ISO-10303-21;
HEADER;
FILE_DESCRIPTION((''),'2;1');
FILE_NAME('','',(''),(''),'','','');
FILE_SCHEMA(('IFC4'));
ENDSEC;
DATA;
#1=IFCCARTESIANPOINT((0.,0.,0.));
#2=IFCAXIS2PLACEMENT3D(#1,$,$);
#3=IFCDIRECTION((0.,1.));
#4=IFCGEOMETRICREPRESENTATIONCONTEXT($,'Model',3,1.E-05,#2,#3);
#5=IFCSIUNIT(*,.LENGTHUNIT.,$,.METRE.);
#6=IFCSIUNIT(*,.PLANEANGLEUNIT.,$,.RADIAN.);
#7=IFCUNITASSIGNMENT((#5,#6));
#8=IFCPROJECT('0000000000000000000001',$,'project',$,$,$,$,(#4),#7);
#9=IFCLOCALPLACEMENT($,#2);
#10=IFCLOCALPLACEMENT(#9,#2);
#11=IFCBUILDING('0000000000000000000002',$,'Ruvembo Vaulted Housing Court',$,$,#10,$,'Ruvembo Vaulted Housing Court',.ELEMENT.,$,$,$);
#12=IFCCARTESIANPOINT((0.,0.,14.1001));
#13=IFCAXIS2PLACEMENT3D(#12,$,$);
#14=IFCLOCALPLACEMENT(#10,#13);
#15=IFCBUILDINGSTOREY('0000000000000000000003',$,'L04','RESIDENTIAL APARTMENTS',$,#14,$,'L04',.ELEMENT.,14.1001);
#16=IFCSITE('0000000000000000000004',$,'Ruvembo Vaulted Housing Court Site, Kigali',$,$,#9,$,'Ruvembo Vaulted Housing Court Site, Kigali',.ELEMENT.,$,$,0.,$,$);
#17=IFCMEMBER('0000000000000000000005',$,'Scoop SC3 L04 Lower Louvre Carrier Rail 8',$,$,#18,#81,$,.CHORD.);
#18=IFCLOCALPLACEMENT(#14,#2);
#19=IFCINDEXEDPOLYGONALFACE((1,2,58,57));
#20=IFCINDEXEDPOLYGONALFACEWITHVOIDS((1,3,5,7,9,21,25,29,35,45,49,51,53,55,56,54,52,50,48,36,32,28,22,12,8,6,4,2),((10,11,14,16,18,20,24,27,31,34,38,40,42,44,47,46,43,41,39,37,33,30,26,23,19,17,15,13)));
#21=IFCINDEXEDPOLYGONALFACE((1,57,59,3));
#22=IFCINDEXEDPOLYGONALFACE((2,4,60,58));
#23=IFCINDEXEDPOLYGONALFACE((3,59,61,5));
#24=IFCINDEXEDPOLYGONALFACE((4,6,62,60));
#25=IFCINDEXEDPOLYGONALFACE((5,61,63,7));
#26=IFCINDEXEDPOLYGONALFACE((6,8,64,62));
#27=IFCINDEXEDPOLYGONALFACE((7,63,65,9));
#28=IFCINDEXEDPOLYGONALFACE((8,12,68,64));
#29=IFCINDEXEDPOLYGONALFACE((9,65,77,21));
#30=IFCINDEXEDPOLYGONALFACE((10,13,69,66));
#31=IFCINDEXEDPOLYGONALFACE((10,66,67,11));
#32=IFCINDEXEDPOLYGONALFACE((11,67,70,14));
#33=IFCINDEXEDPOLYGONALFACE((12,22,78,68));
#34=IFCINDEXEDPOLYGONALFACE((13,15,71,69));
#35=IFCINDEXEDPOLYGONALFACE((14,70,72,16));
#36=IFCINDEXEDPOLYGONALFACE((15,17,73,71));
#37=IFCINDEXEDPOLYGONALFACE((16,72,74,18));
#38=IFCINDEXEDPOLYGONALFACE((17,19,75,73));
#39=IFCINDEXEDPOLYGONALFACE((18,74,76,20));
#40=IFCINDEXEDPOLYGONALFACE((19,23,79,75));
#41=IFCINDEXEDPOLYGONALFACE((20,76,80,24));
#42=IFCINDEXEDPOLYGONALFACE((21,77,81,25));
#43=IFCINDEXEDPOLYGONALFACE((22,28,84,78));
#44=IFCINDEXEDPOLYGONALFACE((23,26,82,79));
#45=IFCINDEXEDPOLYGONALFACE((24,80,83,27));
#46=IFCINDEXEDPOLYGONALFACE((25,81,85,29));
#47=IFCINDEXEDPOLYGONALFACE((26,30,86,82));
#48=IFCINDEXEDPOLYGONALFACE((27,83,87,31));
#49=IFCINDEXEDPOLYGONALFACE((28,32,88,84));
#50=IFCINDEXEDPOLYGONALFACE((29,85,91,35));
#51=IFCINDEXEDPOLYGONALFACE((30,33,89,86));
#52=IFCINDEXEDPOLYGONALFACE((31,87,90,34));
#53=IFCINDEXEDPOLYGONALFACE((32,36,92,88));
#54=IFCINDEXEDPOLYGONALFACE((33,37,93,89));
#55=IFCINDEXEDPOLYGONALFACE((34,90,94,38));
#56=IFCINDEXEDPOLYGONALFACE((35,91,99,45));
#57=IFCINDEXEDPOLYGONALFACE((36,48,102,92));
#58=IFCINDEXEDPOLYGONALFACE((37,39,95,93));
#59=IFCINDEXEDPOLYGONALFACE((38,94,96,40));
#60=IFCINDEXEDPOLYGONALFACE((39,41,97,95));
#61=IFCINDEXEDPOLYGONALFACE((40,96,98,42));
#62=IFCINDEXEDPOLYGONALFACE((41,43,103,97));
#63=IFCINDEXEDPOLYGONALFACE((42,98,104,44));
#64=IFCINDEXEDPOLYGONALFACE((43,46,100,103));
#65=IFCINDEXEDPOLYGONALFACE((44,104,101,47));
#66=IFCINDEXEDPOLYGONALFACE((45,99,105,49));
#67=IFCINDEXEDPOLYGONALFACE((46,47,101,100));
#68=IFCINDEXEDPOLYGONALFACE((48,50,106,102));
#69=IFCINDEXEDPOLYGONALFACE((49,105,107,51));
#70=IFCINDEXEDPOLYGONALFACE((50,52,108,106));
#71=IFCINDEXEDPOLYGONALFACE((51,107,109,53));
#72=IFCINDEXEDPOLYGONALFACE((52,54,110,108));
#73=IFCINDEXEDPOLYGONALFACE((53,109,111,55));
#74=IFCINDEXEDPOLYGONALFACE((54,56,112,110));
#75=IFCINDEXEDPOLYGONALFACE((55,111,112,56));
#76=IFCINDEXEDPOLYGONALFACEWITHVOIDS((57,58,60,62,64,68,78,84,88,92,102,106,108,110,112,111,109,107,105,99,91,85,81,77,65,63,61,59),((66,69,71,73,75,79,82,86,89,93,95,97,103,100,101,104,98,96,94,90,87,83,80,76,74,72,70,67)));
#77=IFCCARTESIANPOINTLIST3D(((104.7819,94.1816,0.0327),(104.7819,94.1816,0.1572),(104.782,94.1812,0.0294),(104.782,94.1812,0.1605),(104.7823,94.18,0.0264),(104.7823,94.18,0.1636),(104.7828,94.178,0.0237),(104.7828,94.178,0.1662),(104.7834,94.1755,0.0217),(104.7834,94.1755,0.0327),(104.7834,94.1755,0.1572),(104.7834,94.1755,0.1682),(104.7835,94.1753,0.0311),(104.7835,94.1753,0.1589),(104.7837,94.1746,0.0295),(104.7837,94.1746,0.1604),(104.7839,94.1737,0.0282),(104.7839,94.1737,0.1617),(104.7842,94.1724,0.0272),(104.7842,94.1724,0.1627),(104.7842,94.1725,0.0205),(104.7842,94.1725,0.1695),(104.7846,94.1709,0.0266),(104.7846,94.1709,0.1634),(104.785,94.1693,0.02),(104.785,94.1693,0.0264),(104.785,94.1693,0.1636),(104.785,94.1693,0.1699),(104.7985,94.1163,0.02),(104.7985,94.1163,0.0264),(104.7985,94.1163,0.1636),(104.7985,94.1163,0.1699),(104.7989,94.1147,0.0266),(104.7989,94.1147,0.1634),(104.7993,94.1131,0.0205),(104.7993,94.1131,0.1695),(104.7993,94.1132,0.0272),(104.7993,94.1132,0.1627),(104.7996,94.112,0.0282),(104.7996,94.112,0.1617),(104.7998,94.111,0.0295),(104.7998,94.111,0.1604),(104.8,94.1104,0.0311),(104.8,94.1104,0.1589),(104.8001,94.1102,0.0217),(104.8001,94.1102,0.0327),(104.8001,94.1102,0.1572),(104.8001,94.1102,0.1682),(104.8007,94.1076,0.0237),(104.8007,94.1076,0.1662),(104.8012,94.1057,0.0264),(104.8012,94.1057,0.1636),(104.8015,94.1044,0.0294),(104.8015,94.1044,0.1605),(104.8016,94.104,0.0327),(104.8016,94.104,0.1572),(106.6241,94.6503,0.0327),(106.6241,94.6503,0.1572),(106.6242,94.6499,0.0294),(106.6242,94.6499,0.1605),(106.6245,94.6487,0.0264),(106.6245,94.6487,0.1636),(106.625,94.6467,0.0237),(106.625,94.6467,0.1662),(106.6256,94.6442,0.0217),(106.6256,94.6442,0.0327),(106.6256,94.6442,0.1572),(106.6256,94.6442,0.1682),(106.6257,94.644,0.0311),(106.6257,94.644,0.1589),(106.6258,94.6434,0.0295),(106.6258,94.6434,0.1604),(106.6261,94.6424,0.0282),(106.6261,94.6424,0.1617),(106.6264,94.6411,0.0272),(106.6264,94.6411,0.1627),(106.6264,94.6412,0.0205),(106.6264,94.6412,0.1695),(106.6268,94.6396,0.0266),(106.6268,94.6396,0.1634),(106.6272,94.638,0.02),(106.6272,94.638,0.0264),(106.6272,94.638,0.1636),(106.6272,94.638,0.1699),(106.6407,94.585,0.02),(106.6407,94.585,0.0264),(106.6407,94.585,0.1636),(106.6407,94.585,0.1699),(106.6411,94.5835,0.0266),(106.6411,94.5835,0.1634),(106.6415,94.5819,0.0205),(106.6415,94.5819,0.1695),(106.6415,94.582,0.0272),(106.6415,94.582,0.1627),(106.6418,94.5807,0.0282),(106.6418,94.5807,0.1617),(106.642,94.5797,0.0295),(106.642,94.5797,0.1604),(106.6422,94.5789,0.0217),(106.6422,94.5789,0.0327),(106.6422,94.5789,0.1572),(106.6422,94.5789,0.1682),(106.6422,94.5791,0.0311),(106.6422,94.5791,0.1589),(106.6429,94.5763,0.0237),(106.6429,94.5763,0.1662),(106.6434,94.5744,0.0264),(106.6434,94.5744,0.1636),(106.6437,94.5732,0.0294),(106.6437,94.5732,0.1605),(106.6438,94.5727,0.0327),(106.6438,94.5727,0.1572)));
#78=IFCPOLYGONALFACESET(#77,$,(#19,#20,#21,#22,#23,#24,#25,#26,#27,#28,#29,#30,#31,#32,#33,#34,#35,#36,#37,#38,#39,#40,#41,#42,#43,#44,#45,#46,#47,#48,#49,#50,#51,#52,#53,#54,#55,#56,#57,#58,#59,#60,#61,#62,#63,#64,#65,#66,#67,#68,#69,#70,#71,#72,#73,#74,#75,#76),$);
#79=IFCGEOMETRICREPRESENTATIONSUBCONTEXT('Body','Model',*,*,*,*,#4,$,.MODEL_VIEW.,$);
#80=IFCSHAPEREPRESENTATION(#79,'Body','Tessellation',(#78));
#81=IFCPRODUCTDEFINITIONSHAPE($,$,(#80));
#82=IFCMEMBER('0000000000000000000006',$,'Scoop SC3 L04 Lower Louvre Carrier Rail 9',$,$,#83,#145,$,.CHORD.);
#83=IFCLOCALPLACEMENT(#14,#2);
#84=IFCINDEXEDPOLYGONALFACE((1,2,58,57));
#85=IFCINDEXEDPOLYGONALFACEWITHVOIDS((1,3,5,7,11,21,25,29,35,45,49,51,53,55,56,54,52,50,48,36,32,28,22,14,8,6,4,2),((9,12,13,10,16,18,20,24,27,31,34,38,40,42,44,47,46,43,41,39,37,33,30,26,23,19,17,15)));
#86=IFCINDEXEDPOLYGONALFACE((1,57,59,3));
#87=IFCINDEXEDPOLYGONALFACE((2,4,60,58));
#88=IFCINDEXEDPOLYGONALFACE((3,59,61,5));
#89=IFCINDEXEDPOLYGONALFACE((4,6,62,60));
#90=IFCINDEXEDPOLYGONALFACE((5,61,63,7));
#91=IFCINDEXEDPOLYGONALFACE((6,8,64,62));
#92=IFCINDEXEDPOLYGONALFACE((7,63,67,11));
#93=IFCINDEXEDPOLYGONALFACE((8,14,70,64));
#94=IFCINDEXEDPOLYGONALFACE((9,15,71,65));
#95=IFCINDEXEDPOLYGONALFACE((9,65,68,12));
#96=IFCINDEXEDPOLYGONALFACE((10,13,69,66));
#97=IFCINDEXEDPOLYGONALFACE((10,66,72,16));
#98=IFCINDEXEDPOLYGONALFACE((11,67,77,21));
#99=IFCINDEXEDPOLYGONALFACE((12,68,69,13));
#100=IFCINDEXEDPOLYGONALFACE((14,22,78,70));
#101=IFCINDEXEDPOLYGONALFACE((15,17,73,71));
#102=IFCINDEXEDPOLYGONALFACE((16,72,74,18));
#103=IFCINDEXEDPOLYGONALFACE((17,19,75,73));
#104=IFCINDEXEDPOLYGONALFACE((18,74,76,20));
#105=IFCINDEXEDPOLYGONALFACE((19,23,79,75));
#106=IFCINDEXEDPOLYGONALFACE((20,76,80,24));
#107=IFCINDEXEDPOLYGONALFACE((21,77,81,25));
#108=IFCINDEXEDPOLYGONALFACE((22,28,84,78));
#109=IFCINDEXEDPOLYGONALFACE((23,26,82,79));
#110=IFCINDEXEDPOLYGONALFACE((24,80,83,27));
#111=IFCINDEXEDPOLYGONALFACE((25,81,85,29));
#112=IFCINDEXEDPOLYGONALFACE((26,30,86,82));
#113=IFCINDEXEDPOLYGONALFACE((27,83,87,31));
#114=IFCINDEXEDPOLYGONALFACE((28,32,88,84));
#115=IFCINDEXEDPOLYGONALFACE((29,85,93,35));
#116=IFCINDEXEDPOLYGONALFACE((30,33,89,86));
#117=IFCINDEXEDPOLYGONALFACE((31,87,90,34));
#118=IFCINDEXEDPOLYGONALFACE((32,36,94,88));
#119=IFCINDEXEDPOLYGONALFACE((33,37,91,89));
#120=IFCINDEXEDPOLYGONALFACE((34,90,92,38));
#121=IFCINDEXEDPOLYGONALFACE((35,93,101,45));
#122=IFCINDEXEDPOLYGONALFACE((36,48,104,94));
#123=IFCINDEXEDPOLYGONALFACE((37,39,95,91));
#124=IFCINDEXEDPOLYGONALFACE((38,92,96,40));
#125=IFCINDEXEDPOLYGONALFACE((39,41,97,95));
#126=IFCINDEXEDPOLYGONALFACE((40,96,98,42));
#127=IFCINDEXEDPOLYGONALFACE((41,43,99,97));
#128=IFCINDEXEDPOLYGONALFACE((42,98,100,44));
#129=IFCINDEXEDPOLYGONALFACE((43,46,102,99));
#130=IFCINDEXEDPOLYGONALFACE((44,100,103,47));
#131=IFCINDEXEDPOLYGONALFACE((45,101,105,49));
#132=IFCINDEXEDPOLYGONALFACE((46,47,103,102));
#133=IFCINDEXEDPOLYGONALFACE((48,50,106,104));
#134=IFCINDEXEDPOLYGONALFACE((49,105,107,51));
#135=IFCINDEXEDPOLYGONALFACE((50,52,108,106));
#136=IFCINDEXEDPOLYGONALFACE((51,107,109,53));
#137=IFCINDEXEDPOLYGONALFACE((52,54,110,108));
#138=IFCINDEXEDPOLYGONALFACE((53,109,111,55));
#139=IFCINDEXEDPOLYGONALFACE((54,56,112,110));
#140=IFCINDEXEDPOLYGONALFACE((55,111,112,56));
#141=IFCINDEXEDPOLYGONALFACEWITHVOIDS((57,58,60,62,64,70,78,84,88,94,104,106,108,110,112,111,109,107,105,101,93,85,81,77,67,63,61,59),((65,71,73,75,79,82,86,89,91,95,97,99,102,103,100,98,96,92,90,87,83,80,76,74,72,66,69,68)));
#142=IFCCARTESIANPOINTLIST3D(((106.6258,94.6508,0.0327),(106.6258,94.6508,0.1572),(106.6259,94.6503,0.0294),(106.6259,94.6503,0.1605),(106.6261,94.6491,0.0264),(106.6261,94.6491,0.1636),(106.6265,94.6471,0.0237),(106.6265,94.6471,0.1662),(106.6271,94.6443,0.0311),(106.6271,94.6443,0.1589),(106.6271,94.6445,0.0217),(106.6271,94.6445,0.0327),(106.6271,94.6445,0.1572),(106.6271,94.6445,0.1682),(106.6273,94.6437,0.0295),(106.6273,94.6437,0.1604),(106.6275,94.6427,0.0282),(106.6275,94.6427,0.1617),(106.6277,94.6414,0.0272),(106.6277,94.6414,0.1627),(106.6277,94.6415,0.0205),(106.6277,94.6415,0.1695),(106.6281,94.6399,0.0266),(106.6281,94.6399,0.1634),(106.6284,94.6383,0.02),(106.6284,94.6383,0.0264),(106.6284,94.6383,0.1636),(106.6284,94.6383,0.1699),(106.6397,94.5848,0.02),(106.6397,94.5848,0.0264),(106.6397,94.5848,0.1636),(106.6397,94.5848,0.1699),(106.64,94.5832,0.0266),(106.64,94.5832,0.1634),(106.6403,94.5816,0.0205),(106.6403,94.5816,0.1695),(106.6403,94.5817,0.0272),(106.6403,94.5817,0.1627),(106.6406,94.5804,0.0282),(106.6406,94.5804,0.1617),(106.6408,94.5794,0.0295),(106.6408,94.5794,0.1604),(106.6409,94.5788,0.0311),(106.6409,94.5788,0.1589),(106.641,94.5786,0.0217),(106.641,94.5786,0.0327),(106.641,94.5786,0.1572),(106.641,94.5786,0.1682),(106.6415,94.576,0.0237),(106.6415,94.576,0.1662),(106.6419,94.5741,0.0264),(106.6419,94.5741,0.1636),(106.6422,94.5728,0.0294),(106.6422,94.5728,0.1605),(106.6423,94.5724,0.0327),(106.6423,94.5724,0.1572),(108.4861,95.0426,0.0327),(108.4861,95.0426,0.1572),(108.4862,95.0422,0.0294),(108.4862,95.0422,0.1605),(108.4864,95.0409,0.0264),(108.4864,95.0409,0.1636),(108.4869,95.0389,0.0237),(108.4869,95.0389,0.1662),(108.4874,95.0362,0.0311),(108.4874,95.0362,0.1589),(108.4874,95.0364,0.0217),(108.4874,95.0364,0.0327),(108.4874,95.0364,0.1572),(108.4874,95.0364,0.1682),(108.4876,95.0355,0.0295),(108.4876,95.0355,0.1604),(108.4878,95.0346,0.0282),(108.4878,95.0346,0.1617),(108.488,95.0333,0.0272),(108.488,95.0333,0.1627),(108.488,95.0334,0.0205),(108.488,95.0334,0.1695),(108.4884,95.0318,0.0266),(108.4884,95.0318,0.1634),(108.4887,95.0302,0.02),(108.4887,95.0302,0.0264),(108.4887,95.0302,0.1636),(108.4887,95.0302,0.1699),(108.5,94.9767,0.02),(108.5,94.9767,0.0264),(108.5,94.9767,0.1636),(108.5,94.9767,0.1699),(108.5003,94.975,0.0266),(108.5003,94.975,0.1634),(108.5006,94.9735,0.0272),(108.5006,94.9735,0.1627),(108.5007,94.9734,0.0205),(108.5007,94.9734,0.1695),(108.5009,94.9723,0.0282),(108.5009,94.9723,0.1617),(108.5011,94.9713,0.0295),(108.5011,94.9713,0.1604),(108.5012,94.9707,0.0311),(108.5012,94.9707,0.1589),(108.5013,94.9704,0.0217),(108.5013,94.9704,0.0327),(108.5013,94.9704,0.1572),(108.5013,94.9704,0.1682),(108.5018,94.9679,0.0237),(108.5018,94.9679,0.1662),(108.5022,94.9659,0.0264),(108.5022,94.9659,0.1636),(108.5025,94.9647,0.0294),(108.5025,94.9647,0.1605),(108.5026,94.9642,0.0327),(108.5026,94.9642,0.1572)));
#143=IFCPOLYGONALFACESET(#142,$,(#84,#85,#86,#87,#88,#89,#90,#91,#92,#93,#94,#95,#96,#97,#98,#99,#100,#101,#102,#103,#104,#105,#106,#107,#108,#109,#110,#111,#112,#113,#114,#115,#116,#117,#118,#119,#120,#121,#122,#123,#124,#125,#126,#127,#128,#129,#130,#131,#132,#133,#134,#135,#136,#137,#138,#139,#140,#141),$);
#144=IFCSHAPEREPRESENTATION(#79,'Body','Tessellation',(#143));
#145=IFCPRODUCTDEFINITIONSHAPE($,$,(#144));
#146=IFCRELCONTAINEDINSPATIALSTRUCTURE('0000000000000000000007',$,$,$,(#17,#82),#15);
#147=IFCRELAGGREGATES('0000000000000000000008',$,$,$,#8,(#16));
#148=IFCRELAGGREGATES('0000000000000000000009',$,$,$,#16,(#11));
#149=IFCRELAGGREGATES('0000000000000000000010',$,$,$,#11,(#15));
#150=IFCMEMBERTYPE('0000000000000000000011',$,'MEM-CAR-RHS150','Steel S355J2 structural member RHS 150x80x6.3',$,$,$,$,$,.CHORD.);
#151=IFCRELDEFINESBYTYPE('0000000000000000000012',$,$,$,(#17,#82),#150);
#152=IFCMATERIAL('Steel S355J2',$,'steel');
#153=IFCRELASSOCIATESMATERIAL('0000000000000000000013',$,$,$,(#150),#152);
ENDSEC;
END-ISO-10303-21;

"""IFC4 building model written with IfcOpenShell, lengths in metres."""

from ifc_helpers import new_model, si_unit, direction, frame, origin, origin_2d, place, context, subcontext, project, spatial, hollow_rectangle, extrude, material, material_profile, profile_set, type_object, element, save


model = new_model("IFC4")

# Units and contexts
model_context = context("Model", 3, precision=1e-05, world=origin(), true_north=direction((0.0, 1.0)))
body_context = subcontext(model_context, "Body", "Model", "MODEL_VIEW")
ifc_project = project(units=[si_unit("LENGTHUNIT", "METRE"), si_unit("PLANEANGLEUNIT", "RADIAN")], contexts=[model_context])

# Site, building, storey
site_placement = place(None, origin())
site = spatial("IfcSite", under=ifc_project, at=site_placement, Name="Ruvembo Vaulted Housing Court Site, Kigali", LongName="Ruvembo Vaulted Housing Court Site, Kigali", CompositionType="ELEMENT", RefElevation=0.0)
building_placement = place(site_placement, origin())
building = spatial("IfcBuilding", under=site, at=building_placement, Name="Ruvembo Vaulted Housing Court", LongName="Ruvembo Vaulted Housing Court", CompositionType="ELEMENT")
storey_placement = place(building_placement, frame((0.0, 0.0, 14.1001)))
storey = spatial("IfcBuildingStorey", under=building, at=storey_placement, Name="L04", Description="RESIDENTIAL APARTMENTS", LongName="L04", CompositionType="ELEMENT", Elevation=14.1001)

# Shared definitions
ifc_material_1 = material(Name="Steel S355J2", Category="steel")

# Members
ifc_material_profile_1 = material_profile(ifc_material_1, hollow_rectangle(XDim=0.0801, YDim=0.1499, WallThickness=0.0063, InnerFilletRadius=0.0063, OuterFilletRadius=0.0127, at=origin_2d()), Name="RHS 150x80x6.3")
ifc_profile_set_1 = profile_set([ifc_material_profile_1], Name="Steel S355J2")
member_type_1 = type_object("IfcMemberType", Name="MEM-CAR-RHS150", Description="Steel S355J2 structural member RHS 150x80x6.3", PredefinedType="CHORD", material=ifc_profile_set_1)
member_1_placement = place(storey_placement, frame((104.7917, 94.1428, 0.095), z_axis=(0.969122, 0.246583, 0.0), x_axis=(-0.246583, 0.969122, 0.0)))
element("IfcMember", 1, at=member_1_placement, inside=storey, type_object=member_type_1, Name="Scoop SC3 L04 Lower Louvre Carrier Rail 8", PredefinedType="CHORD", context=body_context, shape_type="SweptSolid", body=[
    extrude(hollow_rectangle(XDim=0.0801, YDim=0.1499, WallThickness=0.0063, InnerFilletRadius=0.0063, OuterFilletRadius=0.0127, at=origin_2d()), origin(), (0.0, 0.0, 1.0), 1.9009),
])
member_2_placement = place(storey_placement, frame((106.634, 94.6116, 0.095), z_axis=(0.978529, 0.206108, 0.0), x_axis=(-0.206108, 0.978529, 0.0)))
element("IfcMember", 2, at=member_2_placement, inside=storey, type_object=member_type_1, Name="Scoop SC3 L04 Lower Louvre Carrier Rail 9", PredefinedType="CHORD", context=body_context, shape_type="SweptSolid", body=[
    extrude(hollow_rectangle(XDim=0.0801, YDim=0.1499, WallThickness=0.0063, InnerFilletRadius=0.0063, OuterFilletRadius=0.0127, at=origin_2d()), origin(), (0.0, 0.0, 1.0), 1.9011),
])

save(model, "model.ifc")
